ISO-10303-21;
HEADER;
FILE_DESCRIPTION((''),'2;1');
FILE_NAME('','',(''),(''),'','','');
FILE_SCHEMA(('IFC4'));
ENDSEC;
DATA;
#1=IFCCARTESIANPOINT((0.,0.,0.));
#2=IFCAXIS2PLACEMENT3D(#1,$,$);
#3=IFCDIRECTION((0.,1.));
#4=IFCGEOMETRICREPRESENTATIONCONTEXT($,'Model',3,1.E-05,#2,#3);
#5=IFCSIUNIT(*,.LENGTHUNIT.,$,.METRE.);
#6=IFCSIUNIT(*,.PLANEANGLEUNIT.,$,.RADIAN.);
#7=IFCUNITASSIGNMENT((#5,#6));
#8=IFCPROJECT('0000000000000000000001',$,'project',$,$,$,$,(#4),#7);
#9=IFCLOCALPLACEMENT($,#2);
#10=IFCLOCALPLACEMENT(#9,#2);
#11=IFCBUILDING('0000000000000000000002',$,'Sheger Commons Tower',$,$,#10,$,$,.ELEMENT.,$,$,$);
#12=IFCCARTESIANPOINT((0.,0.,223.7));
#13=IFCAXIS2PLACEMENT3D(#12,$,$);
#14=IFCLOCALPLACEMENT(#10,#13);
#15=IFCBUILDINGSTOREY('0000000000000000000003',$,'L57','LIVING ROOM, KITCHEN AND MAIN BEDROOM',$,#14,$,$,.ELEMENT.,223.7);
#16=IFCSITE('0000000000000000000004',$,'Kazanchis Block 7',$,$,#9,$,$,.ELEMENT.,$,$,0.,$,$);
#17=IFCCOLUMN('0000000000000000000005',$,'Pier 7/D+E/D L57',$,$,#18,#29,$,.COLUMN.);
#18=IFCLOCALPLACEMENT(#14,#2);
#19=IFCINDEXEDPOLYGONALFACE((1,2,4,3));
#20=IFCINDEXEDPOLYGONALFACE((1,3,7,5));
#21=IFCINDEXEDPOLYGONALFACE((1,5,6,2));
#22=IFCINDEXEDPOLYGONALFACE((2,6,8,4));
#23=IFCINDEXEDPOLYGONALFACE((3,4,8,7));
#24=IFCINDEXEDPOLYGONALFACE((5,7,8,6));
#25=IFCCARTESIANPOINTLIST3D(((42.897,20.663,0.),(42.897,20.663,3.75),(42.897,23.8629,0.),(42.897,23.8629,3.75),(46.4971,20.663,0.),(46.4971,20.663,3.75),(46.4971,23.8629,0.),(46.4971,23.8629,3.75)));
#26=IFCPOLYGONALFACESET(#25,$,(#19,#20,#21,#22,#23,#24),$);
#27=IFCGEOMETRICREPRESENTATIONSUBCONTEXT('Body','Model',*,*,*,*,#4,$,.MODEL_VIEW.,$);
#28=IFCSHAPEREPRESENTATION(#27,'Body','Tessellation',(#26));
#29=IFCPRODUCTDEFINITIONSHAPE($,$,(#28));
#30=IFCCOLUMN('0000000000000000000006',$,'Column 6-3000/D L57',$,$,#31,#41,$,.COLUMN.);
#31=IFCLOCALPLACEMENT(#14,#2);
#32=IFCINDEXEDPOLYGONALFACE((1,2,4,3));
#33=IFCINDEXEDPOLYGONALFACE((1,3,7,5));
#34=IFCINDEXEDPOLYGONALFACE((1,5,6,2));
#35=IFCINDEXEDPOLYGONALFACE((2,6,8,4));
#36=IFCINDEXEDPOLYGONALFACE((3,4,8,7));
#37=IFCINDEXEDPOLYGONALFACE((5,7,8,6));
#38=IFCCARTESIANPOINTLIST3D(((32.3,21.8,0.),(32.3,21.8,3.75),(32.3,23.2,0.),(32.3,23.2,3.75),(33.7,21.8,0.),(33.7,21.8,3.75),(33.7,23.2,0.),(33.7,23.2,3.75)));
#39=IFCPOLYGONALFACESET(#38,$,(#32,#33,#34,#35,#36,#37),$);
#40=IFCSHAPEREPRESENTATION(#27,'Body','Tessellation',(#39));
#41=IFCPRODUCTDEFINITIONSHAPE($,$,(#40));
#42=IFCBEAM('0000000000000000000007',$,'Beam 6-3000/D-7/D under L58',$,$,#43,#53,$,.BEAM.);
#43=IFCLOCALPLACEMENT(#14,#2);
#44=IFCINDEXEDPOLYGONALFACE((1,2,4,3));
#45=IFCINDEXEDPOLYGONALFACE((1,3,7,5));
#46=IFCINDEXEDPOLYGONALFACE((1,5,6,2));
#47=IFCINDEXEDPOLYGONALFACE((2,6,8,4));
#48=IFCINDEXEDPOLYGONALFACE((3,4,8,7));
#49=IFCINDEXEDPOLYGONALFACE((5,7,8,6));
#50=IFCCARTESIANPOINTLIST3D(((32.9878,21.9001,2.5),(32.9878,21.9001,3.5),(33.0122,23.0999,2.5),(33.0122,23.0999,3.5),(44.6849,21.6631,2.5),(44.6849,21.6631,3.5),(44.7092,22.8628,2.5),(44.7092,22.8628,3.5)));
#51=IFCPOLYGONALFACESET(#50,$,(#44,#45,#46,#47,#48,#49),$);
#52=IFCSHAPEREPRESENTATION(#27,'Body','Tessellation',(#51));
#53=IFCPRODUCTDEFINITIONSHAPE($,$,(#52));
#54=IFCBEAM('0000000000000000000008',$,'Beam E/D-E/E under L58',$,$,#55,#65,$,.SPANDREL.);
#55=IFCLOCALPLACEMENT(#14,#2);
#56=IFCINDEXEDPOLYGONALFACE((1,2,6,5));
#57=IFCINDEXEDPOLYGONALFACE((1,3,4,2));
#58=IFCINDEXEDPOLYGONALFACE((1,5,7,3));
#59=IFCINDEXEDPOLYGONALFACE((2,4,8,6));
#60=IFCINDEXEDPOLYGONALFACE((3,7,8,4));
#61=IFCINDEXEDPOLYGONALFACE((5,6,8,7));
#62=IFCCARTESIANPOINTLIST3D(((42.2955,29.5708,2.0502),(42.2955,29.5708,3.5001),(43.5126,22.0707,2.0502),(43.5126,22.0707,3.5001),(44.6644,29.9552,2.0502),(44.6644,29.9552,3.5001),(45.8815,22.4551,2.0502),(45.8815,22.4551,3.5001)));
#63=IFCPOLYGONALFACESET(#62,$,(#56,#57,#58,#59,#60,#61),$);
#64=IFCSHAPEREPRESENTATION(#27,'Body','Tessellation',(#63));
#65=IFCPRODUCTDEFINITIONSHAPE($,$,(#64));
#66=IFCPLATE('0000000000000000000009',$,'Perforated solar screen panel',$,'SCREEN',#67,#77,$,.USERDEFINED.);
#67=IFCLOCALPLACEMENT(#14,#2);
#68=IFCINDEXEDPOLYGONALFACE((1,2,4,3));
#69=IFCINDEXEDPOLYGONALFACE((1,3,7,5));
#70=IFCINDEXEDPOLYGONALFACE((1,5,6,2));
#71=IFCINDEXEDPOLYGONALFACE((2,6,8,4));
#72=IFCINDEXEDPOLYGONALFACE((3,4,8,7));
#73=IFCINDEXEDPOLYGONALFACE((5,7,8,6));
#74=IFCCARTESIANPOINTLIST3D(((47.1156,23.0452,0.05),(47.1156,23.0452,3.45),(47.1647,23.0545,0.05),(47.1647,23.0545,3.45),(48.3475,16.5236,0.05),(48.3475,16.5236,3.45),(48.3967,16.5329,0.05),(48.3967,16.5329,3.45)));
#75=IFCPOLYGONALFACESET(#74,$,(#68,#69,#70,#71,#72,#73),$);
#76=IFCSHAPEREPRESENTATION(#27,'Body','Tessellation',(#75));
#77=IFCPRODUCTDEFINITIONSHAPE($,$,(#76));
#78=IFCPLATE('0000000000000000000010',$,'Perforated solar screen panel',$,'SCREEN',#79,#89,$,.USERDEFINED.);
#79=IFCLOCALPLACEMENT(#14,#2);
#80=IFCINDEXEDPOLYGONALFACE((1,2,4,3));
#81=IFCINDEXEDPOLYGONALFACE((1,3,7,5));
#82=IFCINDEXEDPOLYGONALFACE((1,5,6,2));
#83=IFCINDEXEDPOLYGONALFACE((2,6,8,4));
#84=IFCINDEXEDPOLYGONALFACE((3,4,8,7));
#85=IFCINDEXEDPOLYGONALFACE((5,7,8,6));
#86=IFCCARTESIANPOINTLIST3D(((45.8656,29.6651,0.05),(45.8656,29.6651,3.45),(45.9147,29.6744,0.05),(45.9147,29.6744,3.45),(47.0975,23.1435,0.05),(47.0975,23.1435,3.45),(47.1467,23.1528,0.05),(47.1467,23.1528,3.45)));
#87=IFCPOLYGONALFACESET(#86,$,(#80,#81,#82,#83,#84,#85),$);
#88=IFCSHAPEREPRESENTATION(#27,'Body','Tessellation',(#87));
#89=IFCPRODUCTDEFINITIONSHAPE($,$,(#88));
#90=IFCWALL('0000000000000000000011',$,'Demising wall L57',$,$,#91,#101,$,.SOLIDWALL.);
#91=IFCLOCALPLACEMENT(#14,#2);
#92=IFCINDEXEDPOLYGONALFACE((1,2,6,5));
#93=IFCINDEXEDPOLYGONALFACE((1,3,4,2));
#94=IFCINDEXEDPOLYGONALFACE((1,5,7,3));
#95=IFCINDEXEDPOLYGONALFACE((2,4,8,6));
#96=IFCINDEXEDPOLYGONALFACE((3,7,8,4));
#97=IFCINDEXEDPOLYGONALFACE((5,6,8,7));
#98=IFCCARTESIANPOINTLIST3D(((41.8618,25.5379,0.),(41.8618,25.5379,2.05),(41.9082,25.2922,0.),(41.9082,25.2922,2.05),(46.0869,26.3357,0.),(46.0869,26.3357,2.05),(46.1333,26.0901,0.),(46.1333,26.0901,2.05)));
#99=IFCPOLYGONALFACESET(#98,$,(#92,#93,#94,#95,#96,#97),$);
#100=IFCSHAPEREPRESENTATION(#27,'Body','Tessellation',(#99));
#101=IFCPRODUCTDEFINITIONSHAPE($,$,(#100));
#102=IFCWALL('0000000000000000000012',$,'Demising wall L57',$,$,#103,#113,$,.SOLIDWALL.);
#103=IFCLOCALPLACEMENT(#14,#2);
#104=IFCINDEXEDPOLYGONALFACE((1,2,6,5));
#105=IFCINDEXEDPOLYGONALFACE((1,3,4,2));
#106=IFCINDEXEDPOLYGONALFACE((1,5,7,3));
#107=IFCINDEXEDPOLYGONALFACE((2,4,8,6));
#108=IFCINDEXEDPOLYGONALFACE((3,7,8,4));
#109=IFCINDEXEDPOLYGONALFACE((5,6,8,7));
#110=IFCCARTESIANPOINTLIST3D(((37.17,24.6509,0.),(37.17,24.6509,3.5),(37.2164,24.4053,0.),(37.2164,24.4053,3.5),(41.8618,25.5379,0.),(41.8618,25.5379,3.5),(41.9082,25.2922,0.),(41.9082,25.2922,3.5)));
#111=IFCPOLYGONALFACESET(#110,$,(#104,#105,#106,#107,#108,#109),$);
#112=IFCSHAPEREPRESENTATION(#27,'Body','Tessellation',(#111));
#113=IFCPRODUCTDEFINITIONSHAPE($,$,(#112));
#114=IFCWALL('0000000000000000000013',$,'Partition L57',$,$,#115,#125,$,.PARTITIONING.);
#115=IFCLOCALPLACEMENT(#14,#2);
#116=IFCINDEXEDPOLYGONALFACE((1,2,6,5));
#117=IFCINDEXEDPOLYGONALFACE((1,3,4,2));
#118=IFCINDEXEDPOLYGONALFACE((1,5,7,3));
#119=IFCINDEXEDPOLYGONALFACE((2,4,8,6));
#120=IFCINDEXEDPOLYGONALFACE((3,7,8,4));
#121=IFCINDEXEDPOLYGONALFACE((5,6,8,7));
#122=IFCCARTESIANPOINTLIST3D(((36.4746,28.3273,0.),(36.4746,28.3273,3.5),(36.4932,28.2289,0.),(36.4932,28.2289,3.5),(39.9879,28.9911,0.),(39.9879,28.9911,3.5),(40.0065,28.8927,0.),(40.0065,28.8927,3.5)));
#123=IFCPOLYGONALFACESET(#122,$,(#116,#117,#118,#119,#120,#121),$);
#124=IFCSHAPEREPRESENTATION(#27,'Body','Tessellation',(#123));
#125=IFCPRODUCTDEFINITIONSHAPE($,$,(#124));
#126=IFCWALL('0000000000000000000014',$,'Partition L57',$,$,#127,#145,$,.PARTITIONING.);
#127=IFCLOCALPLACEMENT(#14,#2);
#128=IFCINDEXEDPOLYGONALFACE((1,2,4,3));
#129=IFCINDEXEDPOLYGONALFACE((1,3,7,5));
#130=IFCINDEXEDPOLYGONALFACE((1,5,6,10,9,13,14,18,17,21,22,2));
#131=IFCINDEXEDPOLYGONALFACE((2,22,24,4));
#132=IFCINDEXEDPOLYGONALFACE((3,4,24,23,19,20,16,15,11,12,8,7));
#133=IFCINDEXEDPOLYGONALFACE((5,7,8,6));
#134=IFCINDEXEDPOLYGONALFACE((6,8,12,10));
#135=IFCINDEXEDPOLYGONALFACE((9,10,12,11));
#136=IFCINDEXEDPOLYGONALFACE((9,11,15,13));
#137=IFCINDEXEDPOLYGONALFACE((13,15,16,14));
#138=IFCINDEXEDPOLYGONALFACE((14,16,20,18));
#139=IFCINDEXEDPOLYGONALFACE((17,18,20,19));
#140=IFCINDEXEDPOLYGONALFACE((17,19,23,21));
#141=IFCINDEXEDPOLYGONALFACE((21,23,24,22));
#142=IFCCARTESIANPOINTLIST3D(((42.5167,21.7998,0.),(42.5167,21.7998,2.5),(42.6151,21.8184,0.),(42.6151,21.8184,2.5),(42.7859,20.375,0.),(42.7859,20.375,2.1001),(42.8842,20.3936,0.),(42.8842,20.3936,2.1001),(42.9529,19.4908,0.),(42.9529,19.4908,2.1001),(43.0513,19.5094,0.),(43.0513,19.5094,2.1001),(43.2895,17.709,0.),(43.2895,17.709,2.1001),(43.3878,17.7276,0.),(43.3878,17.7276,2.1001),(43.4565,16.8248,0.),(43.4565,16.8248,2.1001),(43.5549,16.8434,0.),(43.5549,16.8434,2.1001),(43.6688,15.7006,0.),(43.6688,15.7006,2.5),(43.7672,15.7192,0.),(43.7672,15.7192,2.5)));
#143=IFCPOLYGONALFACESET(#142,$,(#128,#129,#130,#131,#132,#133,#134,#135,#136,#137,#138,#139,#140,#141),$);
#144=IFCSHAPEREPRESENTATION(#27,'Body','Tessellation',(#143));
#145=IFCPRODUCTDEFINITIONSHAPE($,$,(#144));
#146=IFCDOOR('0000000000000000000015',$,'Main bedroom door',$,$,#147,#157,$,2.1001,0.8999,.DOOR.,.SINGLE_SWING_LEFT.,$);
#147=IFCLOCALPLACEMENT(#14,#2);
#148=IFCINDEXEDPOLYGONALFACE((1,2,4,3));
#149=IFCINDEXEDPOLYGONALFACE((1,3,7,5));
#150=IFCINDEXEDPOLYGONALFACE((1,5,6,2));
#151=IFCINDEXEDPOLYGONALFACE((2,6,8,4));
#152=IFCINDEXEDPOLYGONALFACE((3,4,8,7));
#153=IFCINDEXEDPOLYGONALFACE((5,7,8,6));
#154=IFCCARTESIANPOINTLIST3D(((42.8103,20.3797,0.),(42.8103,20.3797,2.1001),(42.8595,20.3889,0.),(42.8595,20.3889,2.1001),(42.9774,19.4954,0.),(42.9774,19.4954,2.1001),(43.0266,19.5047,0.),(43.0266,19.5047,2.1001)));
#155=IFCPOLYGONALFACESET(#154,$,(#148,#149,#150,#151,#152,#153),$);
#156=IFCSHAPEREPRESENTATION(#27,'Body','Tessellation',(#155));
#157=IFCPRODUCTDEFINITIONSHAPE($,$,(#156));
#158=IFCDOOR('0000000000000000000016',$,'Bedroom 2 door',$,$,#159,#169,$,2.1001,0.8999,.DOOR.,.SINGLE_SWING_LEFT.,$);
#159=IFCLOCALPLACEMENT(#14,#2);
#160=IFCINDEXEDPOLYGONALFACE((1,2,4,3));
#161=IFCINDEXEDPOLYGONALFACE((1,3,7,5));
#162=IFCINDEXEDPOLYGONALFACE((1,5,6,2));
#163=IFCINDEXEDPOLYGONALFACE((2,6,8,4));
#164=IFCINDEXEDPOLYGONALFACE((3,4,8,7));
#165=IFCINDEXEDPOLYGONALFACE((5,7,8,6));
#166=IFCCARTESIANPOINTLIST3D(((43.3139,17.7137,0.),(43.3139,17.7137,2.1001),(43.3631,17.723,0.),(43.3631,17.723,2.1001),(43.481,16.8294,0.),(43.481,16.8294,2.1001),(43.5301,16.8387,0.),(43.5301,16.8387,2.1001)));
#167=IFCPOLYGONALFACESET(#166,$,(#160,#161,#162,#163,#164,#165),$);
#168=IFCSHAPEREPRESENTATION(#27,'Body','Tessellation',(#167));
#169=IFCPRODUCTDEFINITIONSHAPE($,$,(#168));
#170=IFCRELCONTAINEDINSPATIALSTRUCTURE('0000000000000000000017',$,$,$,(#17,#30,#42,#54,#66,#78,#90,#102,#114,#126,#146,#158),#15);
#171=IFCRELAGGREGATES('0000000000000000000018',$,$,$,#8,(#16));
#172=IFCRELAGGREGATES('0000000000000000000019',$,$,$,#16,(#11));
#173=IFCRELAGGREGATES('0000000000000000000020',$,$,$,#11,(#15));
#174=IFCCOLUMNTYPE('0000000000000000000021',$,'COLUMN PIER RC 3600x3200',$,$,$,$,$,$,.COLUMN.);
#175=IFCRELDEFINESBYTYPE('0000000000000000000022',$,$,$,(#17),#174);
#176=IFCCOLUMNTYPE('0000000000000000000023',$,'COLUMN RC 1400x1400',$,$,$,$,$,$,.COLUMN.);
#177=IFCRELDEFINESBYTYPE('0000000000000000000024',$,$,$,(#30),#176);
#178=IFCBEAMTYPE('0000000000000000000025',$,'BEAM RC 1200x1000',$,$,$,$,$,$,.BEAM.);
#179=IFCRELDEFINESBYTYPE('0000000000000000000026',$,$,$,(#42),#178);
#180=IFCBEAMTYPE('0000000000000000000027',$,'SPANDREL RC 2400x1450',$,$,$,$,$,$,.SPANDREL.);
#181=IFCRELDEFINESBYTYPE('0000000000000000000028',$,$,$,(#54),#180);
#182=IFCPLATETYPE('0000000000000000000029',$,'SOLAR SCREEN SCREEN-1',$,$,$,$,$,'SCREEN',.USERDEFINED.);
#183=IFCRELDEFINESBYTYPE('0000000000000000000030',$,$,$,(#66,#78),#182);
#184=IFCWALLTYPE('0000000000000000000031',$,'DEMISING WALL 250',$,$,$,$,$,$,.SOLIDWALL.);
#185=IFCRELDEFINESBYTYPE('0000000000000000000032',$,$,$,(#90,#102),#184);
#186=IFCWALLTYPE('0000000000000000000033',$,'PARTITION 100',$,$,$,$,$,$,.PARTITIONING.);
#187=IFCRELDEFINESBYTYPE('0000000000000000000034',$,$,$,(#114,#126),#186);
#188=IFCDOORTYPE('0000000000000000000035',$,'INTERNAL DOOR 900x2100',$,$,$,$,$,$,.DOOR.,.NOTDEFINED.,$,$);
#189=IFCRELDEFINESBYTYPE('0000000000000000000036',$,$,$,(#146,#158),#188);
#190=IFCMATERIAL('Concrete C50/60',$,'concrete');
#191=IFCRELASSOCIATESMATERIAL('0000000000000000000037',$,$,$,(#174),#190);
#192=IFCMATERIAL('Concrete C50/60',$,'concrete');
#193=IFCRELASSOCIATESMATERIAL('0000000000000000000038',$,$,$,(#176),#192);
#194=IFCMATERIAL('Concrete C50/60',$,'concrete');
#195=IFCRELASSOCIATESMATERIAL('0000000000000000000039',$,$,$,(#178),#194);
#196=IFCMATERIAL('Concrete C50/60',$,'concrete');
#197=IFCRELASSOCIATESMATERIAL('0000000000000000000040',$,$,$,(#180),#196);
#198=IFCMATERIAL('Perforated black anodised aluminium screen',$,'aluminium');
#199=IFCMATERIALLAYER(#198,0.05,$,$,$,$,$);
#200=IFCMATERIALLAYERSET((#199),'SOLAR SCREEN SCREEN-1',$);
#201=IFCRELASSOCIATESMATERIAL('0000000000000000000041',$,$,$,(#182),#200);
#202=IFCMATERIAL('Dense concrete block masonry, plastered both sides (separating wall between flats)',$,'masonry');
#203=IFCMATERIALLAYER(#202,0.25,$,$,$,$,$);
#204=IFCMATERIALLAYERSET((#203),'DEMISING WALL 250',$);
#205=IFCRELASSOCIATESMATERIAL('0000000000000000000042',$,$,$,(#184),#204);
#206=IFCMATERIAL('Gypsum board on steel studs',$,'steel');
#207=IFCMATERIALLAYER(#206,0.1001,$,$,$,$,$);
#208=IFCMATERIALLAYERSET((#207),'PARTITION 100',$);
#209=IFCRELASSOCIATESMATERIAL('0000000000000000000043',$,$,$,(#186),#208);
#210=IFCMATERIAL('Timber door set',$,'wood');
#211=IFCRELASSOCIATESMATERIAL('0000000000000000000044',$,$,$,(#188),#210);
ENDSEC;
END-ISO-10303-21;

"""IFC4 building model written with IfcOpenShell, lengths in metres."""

from ifc_helpers import new_model, si_unit, direction, frame, frame_2d, origin, origin_2d, place, context, subcontext, project, spatial, rectangle, extrude, material, layer, layer_set, material_profile, profile_set, type_object, element, fill, save


model = new_model("IFC4")

# Units and contexts
model_context = context("Model", 3, precision=1e-05, world=origin(), true_north=direction((0.0, 1.0)))
body_context = subcontext(model_context, "Body", "Model", "MODEL_VIEW")
ifc_project = project(units=[si_unit("LENGTHUNIT", "METRE"), si_unit("PLANEANGLEUNIT", "RADIAN")], contexts=[model_context])

# Site, building, storey
site_placement = place(None, origin())
site = spatial("IfcSite", under=ifc_project, at=site_placement, Name="Kazanchis Block 7", CompositionType="ELEMENT", RefElevation=0.0)
building_placement = place(site_placement, origin())
building = spatial("IfcBuilding", under=site, at=building_placement, Name="Sheger Commons Tower", CompositionType="ELEMENT")
storey_placement = place(building_placement, frame((0.0, 0.0, 223.7)))
storey = spatial("IfcBuildingStorey", under=building, at=storey_placement, Name="L57", Description="LIVING ROOM, KITCHEN AND MAIN BEDROOM", CompositionType="ELEMENT", Elevation=223.7)

# Columns
ifc_material_1 = material(Name="Concrete C50/60", Category="concrete")
ifc_material_profile_1 = material_profile(ifc_material_1, rectangle(XDim=3.6001, YDim=3.2, at=origin_2d()), Name="RC 3600x3200")
ifc_profile_set_1 = profile_set([ifc_material_profile_1], Name="Concrete C50/60")
column_type_1 = type_object("IfcColumnType", Name="COLUMN PIER RC 3600x3200", PredefinedType="COLUMN", material=ifc_profile_set_1)
column_1_placement = place(storey_placement, frame((44.697, 22.2629, 0.0), z_axis=(0.0, 0.0, 1.0), x_axis=(1.0, 0.0, 0.0)))
element("IfcColumn", 1, at=column_1_placement, inside=storey, type_object=column_type_1, Name="Pier 7/D+E/D L57", PredefinedType="COLUMN", context=body_context, shape_type="SweptSolid", body=[
    extrude(rectangle(XDim=3.6001, YDim=3.2, at=origin_2d()), origin(), (0.0, 0.0, 1.0), 3.75),
])
ifc_material_2 = material(Name="Concrete C50/60", Category="concrete")
ifc_material_profile_2 = material_profile(ifc_material_2, rectangle(XDim=1.3999, YDim=1.3999, at=origin_2d()), Name="RC 1400x1400")
ifc_profile_set_2 = profile_set([ifc_material_profile_2], Name="Concrete C50/60")
column_type_2 = type_object("IfcColumnType", Name="COLUMN RC 1400x1400", PredefinedType="COLUMN", material=ifc_profile_set_2)
column_2_placement = place(storey_placement, frame((33.0, 22.5, 0.0), z_axis=(0.0, 0.0, 1.0), x_axis=(1.0, 0.0, 0.0)))
element("IfcColumn", 2, at=column_2_placement, inside=storey, type_object=column_type_2, Name="Column 6-3000/D L57", PredefinedType="COLUMN", context=body_context, shape_type="SweptSolid", body=[
    extrude(rectangle(XDim=1.3999, YDim=1.3999, at=origin_2d()), origin(), (0.0, 0.0, 1.0), 3.75),
])

# Beams
ifc_material_3 = material(Name="Concrete C50/60", Category="concrete")
ifc_material_profile_3 = material_profile(ifc_material_3, rectangle(XDim=1.2, YDim=1.0, at=origin_2d()), Name="RC 1200x1000")
ifc_profile_set_3 = profile_set([ifc_material_profile_3], Name="Concrete C50/60")
beam_type_1 = type_object("IfcBeamType", Name="BEAM RC 1200x1000", PredefinedType="BEAM", material=ifc_profile_set_3)
beam_1_placement = place(storey_placement, frame((33.0, 22.5, 3.0), z_axis=(0.999795, -0.020263, 0.0), x_axis=(0.020263, 0.999795, 0.0)))
element("IfcBeam", 3, at=beam_1_placement, inside=storey, type_object=beam_type_1, Name="Beam 6-3000/D-7/D under L58", PredefinedType="BEAM", context=body_context, shape_type="SweptSolid", body=[
    extrude(rectangle(XDim=1.2, YDim=1.0, at=origin_2d()), origin(), (0.0, 0.0, 1.0), 11.6995),
])
ifc_material_4 = material(Name="Concrete C50/60", Category="concrete")
ifc_material_profile_4 = material_profile(ifc_material_4, rectangle(XDim=2.3999, YDim=1.45, at=origin_2d()), Name="RC 2400x1450")
ifc_profile_set_4 = profile_set([ifc_material_profile_4], Name="Concrete C50/60")
beam_type_2 = type_object("IfcBeamType", Name="SPANDREL RC 2400x1450", PredefinedType="SPANDREL", material=ifc_profile_set_4)
beam_2_placement = place(storey_placement, frame((44.697, 22.2629, 2.7751), z_axis=(-0.160177, 0.987088, 0.0), x_axis=(-0.987088, -0.160177, 0.0)))
element("IfcBeam", 4, at=beam_2_placement, inside=storey, type_object=beam_type_2, Name="Beam E/D-E/E under L58", PredefinedType="SPANDREL", context=body_context, shape_type="SweptSolid", body=[
    extrude(rectangle(XDim=2.3999, YDim=1.45, at=origin_2d()), origin(), (0.0, 0.0, 1.0), 7.5981),
])

# Plates
ifc_material_5 = material(Name="Perforated black anodised aluminium screen", Category="aluminium")
ifc_layer_1 = layer(ifc_material_5, 0.05)
ifc_layer_set_1 = layer_set([ifc_layer_1], Name="SOLAR SCREEN SCREEN-1")
plate_type = type_object("IfcPlateType", Name="SOLAR SCREEN SCREEN-1", ElementType="SCREEN", PredefinedType="USERDEFINED", material=ifc_layer_set_1)
for number, where, z_axis, x_axis, name in (
    (5, (47.7561, 19.7891, 0.05), (0.0, 0.0, 1.0), (-0.185615, 0.982623, 0.0), "Perforated solar screen panel"),
    (6, (46.5061, 26.4089, 0.05), (0.0, 0.0, 1.0), (-0.185615, 0.982623, 0.0), "Perforated solar screen panel"),
):
    element("IfcPlate", number, at=place(storey_placement, frame(where, z_axis=z_axis, x_axis=x_axis)), inside=storey, type_object=plate_type, Name=name, ObjectType="SCREEN", PredefinedType="USERDEFINED", context=body_context, shape_type="SweptSolid", body=[
        extrude(rectangle(XDim=6.637, YDim=0.05, at=origin_2d()), origin(), (0.0, 0.0, 1.0), 3.3999),
    ])

# Walls
ifc_material_6 = material(Name="Dense concrete block masonry, plastered both sides (separating wall between flats)", Category="masonry")
ifc_layer_2 = layer(ifc_material_6, 0.25)
ifc_layer_set_2 = layer_set([ifc_layer_2], Name="DEMISING WALL 250")
wall_type_1 = type_object("IfcWallType", Name="DEMISING WALL 250", PredefinedType="SOLIDWALL", material=ifc_layer_set_2)
wall_1_placement = place(storey_placement, frame((46.1101, 26.2129, 0.0), z_axis=(0.0, 0.0, 1.0), x_axis=(-0.982634, -0.185557, 0.0)))
element("IfcWall", 7, at=wall_1_placement, inside=storey, type_object=wall_type_1, Name="Demising wall L57", PredefinedType="SOLIDWALL", context=body_context, shape_type="SweptSolid", body=[
    extrude(rectangle(XDim=4.2998, YDim=0.25, at=frame_2d((2.1499, 0.0))), origin(), (0.0, 0.0, 1.0), 2.05),
])
wall_2_placement = place(storey_placement, frame((41.885, 25.415, 0.0), z_axis=(0.0, 0.0, 1.0), x_axis=(-0.982597, -0.185752, 0.0)))
element("IfcWall", 8, at=wall_2_placement, inside=storey, type_object=wall_type_1, Name="Demising wall L57", PredefinedType="SOLIDWALL", context=body_context, shape_type="SweptSolid", body=[
    extrude(rectangle(XDim=4.7749, YDim=0.25, at=frame_2d((2.3875, 0.0))), origin(), (0.0, 0.0, 1.0), 3.5),
])
ifc_material_7 = material(Name="Gypsum board on steel studs", Category="steel")
ifc_layer_3 = layer(ifc_material_7, 0.1001)
ifc_layer_set_3 = layer_set([ifc_layer_3], Name="PARTITION 100")
wall_type_2 = type_object("IfcWallType", Name="PARTITION 100", PredefinedType="PARTITIONING", material=ifc_layer_set_3)
wall_3_placement = place(storey_placement, frame((39.9971, 28.9419, 0.0), z_axis=(0.0, 0.0, 1.0), x_axis=(-0.982613, -0.185665, 0.0)))
element("IfcWall", 9, at=wall_3_placement, inside=storey, type_object=wall_type_2, Name="Partition L57", PredefinedType="PARTITIONING", context=body_context, shape_type="SweptSolid", body=[
    extrude(rectangle(XDim=3.5754, YDim=0.1001, at=frame_2d((1.7876, 0.0))), origin(), (0.0, 0.0, 1.0), 3.5),
])

# Wall, openings, doors
wall_4_placement = place(storey_placement, frame((42.5659, 21.8091, 0.0), z_axis=(0.0, 0.0, 1.0), x_axis=(0.185614, -0.982623, 0.0)))
wall_4 = element("IfcWall", 10, at=wall_4_placement, inside=storey, type_object=wall_type_2, Name="Partition L57", PredefinedType="PARTITIONING", context=body_context, shape_type="SweptSolid", body=[
    extrude(rectangle(XDim=6.207, YDim=0.1001, at=frame_2d((3.1035, 0.0))), origin(), (0.0, 0.0, 1.0), 2.5),
])
opening_1_placement = place(wall_4_placement, frame((1.45, 0.0, 0.0)))
opening_1 = element("IfcOpeningElement", 11, at=opening_1_placement, cuts=wall_4, PredefinedType="OPENING", context=body_context, shape_type="SweptSolid", body=[
    extrude(rectangle(XDim=0.8999, YDim=2.1001, at=frame_2d((0.45, 1.05))), frame((0.0, 0.0601, 0.0), z_axis=(0.0, -1.0, 0.0), x_axis=(1.0, 0.0, 0.0)), (0.0, 0.0, 1.0), 0.1201),
])
opening_2_placement = place(wall_4_placement, frame((4.1631, 0.0, 0.0)))
opening_2 = element("IfcOpeningElement", 12, at=opening_2_placement, cuts=wall_4, PredefinedType="OPENING", context=body_context, shape_type="SweptSolid", body=[
    extrude(rectangle(XDim=0.8999, YDim=2.1001, at=frame_2d((0.45, 1.05))), frame((0.0, 0.0601, 0.0), z_axis=(0.0, -1.0, 0.0), x_axis=(1.0, 0.0, 0.0)), (0.0, 0.0, 1.0), 0.1201),
])
ifc_material_8 = material(Name="Timber door set", Category="wood")
door_type = type_object("IfcDoorType", Name="INTERNAL DOOR 900x2100", OperationType="NOTDEFINED", PredefinedType="DOOR", material=ifc_material_8)
door_1_placement = place(opening_1_placement, origin())
door_1 = element("IfcDoor", 13, at=door_1_placement, inside=storey, type_object=door_type, Name="Main bedroom door", OperationType="SINGLE_SWING_LEFT", OverallHeight=2.1001, OverallWidth=0.8999, PredefinedType="DOOR", context=body_context, shape_type="SweptSolid", body=[
    extrude(rectangle(XDim=0.8999, YDim=2.1001, at=frame_2d((0.45, 1.05))), frame((0.0, 0.0249, 0.0), z_axis=(0.0, -1.0, 0.0), x_axis=(1.0, 0.0, 0.0)), (0.0, 0.0, 1.0), 0.05),
])
fill(opening_1, door_1)
door_2_placement = place(opening_2_placement, origin())
door_2 = element("IfcDoor", 14, at=door_2_placement, inside=storey, type_object=door_type, Name="Bedroom 2 door", OperationType="SINGLE_SWING_LEFT", OverallHeight=2.1001, OverallWidth=0.8999, PredefinedType="DOOR", context=body_context, shape_type="SweptSolid", body=[
    extrude(rectangle(XDim=0.8999, YDim=2.1001, at=frame_2d((0.45, 1.05))), frame((0.0, 0.0249, 0.0), z_axis=(0.0, -1.0, 0.0), x_axis=(1.0, 0.0, 0.0)), (0.0, 0.0, 1.0), 0.05),
])
fill(opening_2, door_2)

save(model, "model.ifc")
